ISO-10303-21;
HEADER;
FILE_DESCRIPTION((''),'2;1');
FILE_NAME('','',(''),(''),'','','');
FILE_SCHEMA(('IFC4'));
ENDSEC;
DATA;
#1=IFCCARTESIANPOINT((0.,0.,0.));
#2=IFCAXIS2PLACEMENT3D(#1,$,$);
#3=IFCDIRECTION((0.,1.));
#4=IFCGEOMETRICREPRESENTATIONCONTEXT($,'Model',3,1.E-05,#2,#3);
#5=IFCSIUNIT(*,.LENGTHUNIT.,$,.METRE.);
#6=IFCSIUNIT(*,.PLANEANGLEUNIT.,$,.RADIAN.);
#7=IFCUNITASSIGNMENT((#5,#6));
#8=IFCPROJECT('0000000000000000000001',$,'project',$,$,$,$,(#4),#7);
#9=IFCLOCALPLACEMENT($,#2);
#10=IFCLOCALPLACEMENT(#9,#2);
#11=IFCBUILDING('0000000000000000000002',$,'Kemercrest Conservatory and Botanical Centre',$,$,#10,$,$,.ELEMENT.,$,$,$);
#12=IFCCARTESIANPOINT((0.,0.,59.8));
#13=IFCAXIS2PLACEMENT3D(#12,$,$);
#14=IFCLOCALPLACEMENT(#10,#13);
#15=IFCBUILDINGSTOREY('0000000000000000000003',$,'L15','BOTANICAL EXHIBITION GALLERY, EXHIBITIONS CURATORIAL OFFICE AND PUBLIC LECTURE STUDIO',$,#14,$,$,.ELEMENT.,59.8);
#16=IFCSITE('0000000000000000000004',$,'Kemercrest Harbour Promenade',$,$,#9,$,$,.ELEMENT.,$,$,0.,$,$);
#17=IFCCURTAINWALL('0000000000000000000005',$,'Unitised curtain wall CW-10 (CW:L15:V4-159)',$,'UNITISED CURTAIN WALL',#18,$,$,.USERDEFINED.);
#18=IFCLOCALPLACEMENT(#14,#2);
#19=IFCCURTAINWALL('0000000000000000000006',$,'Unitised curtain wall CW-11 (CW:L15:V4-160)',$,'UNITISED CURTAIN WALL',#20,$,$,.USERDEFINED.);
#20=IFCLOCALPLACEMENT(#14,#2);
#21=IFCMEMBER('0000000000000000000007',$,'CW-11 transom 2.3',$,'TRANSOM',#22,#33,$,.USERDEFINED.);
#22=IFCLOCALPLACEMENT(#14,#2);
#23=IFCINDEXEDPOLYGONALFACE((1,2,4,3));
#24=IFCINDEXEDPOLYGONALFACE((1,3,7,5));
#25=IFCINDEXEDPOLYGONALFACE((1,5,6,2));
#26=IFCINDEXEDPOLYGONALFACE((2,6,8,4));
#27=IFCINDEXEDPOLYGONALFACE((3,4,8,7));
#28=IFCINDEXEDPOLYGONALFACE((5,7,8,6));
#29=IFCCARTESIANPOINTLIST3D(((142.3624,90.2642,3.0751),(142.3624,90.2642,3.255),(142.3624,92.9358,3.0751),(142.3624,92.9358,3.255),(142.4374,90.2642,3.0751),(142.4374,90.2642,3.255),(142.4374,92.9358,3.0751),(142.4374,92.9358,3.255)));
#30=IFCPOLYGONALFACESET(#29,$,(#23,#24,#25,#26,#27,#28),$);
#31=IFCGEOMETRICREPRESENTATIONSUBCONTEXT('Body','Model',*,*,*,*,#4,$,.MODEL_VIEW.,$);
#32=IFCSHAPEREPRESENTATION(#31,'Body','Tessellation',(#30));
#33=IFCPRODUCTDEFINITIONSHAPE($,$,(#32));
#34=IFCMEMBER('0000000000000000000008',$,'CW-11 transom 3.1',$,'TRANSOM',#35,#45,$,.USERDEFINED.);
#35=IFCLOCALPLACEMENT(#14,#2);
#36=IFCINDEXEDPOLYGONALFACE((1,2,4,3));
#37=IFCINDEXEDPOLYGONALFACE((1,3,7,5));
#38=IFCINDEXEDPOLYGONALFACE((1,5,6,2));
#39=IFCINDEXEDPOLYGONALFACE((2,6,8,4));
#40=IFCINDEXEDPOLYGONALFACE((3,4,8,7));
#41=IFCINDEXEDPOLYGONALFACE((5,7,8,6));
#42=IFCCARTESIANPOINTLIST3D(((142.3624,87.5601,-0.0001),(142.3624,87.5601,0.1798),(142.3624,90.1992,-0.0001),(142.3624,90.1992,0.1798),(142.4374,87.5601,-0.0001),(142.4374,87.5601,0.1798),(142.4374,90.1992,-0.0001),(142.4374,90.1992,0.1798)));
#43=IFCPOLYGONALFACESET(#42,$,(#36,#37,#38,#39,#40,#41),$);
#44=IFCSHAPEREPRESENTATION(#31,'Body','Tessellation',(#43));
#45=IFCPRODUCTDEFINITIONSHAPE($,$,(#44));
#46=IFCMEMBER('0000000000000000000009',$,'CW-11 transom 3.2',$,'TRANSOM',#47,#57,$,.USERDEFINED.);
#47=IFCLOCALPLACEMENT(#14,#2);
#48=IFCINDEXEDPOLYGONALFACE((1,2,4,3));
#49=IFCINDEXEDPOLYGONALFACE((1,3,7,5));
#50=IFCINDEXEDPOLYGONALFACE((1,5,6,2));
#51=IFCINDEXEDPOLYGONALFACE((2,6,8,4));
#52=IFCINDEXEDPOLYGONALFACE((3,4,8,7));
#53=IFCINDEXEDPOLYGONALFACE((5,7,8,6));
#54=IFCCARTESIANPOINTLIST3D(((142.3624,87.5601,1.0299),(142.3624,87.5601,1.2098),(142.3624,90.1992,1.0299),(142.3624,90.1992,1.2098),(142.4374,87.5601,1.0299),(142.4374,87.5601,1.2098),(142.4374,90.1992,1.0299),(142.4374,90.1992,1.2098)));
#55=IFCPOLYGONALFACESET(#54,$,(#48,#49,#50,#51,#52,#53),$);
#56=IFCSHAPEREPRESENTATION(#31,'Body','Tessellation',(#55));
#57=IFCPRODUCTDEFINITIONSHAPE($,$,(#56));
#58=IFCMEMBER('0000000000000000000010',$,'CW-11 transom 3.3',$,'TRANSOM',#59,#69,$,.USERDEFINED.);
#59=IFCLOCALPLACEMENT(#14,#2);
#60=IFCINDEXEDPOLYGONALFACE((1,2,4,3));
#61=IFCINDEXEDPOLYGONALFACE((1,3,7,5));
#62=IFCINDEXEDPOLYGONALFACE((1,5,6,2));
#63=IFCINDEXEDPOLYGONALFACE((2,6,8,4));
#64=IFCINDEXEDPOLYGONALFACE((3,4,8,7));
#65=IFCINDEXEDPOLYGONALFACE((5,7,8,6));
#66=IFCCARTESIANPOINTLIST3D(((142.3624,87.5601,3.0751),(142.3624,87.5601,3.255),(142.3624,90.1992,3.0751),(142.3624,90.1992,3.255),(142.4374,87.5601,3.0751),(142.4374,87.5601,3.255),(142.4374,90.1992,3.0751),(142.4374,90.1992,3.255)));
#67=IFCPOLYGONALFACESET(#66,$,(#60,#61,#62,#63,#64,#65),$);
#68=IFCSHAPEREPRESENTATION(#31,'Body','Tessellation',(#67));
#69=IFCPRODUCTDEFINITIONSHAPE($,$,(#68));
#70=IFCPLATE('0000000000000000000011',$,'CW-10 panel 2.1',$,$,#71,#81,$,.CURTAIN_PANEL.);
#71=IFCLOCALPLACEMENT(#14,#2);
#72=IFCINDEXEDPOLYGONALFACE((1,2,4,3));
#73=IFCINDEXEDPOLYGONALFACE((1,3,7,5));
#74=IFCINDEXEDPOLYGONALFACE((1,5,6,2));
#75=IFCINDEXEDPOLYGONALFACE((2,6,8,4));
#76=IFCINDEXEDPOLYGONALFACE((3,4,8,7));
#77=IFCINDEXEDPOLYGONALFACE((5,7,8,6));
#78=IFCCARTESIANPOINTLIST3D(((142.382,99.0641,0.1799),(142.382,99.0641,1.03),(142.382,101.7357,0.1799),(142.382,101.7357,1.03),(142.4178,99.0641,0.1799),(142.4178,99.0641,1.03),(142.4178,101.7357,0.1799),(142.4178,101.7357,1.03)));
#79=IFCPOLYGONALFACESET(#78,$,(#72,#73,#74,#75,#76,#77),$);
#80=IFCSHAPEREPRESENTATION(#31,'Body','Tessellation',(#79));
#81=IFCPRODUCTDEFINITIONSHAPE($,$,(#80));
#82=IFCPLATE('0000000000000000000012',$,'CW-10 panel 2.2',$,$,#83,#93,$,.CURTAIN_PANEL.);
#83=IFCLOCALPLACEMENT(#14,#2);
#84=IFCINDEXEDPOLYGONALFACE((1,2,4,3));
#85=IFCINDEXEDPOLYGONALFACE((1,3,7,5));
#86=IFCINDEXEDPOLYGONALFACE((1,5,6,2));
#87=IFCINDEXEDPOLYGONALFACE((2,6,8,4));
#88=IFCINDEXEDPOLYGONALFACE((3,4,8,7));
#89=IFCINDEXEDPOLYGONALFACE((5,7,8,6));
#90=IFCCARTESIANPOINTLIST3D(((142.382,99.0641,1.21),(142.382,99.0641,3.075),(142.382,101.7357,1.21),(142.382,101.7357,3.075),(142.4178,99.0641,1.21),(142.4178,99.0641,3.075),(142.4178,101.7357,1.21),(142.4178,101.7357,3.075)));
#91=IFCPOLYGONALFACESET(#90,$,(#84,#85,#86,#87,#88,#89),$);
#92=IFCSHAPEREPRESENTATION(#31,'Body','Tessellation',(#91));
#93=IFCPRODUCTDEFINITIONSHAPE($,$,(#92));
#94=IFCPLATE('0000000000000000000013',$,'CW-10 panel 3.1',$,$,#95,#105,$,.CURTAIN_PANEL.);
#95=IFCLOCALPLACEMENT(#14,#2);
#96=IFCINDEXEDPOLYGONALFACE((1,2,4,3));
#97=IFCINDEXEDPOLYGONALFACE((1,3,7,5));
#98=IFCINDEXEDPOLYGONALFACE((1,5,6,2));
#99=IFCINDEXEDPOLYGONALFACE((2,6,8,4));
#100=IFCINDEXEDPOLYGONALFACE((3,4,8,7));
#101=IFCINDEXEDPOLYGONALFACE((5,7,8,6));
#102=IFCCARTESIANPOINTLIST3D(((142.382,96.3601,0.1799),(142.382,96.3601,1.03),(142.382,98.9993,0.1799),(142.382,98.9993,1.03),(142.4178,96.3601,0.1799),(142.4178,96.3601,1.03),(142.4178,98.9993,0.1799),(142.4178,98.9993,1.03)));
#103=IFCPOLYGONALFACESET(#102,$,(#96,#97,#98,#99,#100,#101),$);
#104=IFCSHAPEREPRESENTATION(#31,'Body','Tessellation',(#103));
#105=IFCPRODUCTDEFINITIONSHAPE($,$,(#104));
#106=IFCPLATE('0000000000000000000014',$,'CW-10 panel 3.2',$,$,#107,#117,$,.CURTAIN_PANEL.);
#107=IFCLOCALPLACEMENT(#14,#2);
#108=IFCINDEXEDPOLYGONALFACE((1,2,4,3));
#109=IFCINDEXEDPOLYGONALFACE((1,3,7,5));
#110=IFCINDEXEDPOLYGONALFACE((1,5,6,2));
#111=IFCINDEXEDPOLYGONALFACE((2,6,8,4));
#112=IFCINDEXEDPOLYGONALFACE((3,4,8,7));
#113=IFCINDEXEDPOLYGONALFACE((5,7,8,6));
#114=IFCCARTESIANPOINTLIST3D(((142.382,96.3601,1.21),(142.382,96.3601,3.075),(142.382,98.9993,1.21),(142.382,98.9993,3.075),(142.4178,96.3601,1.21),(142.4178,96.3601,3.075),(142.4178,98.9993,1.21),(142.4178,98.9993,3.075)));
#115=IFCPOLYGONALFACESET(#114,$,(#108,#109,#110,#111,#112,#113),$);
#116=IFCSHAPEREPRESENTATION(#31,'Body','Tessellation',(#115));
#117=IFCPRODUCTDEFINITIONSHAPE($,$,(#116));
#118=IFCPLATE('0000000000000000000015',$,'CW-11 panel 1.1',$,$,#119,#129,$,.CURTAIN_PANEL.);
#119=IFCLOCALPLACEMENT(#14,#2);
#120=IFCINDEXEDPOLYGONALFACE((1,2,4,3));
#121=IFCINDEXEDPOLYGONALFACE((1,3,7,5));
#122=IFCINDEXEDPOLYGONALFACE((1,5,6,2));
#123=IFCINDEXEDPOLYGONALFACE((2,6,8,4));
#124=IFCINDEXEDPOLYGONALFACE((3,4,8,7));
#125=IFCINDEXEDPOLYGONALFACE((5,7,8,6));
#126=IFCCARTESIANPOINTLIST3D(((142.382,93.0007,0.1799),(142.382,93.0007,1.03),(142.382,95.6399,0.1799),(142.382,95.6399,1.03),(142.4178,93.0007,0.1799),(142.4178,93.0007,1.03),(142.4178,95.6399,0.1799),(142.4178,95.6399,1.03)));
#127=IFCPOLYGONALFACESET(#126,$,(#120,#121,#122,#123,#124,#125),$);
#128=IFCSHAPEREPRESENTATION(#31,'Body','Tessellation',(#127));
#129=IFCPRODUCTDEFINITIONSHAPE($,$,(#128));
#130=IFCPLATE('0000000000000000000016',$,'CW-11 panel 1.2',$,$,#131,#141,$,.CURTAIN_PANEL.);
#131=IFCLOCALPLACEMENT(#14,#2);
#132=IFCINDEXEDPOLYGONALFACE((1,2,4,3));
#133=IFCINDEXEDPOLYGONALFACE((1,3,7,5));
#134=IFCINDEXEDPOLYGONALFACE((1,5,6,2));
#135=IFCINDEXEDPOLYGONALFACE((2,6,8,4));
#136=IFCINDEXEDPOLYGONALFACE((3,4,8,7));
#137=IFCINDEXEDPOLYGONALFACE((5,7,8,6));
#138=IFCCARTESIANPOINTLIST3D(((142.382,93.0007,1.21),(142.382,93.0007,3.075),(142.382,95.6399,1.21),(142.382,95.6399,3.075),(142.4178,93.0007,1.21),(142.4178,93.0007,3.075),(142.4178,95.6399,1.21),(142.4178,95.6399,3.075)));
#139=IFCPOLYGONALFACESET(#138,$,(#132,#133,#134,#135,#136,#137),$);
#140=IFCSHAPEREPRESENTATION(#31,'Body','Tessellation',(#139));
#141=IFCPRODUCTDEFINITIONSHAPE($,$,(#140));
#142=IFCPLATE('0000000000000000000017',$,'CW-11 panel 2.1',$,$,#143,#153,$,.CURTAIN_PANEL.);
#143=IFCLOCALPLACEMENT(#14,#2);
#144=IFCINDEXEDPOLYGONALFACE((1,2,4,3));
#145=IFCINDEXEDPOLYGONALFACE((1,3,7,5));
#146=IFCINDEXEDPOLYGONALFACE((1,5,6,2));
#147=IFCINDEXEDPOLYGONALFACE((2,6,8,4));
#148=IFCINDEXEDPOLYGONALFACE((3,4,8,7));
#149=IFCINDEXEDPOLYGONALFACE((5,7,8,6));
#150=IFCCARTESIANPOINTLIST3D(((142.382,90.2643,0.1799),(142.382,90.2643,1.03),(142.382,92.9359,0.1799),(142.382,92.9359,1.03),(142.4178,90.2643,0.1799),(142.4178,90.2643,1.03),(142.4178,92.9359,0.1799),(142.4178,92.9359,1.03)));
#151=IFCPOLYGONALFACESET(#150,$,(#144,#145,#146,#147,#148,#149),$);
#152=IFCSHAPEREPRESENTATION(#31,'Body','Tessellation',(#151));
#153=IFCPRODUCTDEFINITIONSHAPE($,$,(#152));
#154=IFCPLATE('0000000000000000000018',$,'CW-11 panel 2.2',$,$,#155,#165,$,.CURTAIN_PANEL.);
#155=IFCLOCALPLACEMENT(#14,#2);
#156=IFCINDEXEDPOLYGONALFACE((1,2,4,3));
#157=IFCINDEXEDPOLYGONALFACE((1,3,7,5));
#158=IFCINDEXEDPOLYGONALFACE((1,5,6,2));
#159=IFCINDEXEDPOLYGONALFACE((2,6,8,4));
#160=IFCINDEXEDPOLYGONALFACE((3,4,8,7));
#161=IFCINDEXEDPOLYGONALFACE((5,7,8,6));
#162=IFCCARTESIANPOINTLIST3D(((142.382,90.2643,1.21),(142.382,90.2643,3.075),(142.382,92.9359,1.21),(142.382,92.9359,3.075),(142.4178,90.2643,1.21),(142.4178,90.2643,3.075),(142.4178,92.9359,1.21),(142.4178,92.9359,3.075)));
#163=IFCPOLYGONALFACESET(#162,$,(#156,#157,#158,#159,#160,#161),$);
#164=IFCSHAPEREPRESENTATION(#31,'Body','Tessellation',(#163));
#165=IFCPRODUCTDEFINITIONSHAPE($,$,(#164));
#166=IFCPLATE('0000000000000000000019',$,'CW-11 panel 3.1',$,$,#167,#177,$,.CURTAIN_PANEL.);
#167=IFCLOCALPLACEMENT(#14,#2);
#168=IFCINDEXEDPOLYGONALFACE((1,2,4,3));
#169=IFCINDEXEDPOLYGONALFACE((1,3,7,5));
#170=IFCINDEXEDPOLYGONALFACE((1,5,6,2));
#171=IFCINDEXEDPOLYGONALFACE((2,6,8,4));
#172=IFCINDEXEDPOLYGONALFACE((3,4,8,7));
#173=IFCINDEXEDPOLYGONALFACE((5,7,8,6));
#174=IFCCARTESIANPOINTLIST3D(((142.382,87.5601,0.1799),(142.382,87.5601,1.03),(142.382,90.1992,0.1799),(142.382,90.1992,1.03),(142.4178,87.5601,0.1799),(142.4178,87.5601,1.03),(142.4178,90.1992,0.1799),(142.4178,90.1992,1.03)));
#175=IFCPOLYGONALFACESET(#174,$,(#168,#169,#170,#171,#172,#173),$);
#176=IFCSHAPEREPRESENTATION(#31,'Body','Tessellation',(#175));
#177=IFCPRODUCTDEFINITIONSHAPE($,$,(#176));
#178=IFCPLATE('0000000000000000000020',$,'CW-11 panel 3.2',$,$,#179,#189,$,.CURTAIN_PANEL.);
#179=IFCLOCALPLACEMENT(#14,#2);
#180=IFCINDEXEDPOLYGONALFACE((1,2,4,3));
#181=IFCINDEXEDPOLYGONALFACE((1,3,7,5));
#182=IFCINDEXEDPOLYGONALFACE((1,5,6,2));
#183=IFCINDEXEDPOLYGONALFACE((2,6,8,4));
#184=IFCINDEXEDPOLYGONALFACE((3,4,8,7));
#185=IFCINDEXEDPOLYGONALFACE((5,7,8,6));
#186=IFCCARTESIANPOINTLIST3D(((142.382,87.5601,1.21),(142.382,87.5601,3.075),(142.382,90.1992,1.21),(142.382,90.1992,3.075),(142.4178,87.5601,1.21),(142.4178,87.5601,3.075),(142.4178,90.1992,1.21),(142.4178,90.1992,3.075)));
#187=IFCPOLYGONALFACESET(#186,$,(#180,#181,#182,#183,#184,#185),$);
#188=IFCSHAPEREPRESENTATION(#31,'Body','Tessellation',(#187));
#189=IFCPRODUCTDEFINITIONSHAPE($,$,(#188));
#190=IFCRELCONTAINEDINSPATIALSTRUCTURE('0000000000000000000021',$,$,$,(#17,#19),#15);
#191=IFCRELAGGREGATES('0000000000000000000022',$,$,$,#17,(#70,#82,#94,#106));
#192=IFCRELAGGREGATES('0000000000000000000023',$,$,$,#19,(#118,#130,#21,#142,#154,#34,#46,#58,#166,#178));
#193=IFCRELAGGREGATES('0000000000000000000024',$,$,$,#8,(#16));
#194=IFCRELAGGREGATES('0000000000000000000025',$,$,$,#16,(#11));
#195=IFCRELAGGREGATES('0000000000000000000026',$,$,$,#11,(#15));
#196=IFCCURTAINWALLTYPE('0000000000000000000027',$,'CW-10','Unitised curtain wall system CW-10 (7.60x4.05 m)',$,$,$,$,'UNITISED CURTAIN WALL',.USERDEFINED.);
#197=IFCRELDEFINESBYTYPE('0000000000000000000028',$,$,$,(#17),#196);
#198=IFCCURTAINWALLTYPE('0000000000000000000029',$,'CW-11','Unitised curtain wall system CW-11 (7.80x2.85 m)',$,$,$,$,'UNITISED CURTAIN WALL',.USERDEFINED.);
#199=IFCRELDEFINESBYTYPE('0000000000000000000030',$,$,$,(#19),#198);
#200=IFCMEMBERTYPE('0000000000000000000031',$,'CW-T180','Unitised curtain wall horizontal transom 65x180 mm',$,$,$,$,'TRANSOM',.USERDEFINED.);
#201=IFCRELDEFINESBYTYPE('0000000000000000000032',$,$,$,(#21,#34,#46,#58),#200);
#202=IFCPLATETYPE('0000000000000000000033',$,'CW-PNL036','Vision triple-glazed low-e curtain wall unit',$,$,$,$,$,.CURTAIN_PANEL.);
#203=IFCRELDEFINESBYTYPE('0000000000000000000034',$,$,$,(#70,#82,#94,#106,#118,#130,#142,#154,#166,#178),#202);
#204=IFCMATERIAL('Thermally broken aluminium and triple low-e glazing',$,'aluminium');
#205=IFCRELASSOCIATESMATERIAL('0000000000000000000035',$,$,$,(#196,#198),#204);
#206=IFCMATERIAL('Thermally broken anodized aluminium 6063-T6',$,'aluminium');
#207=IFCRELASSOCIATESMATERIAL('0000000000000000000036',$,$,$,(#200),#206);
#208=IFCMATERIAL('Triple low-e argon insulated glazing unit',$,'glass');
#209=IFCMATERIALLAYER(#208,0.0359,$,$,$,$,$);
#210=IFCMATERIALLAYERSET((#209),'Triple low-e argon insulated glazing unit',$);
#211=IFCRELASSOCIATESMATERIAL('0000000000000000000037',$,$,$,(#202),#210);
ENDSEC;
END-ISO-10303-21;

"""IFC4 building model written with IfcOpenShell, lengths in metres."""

from ifc_helpers import new_model, si_unit, direction, frame, origin, origin_2d, place, context, subcontext, project, spatial, rectangle, extrude, material, layer, layer_set, material_profile, profile_set, type_object, element, aggregate, save


model = new_model("IFC4")

# Units and contexts
model_context = context("Model", 3, precision=1e-05, world=origin(), true_north=direction((0.0, 1.0)))
body_context = subcontext(model_context, "Body", "Model", "MODEL_VIEW")
ifc_project = project(units=[si_unit("LENGTHUNIT", "METRE"), si_unit("PLANEANGLEUNIT", "RADIAN")], contexts=[model_context])

# Site, building, storey
site_placement = place(None, origin())
site = spatial("IfcSite", under=ifc_project, at=site_placement, Name="Kemercrest Harbour Promenade", CompositionType="ELEMENT", RefElevation=0.0)
building_placement = place(site_placement, origin())
building = spatial("IfcBuilding", under=site, at=building_placement, Name="Kemercrest Conservatory and Botanical Centre", CompositionType="ELEMENT")
storey_placement = place(building_placement, frame((0.0, 0.0, 59.8)))
storey = spatial("IfcBuildingStorey", under=building, at=storey_placement, Name="L15", Description="BOTANICAL EXHIBITION GALLERY, EXHIBITIONS CURATORIAL OFFICE AND PUBLIC LECTURE STUDIO", CompositionType="ELEMENT", Elevation=59.8)

# Curtain walls
ifc_material_1 = material(Name="Thermally broken aluminium and triple low-e glazing", Category="aluminium")
curtain_wall_type_1 = type_object("IfcCurtainWallType", Name="CW-10", Description="Unitised curtain wall system CW-10 (7.60x4.05 m)", ElementType="UNITISED CURTAIN WALL", PredefinedType="USERDEFINED", material=ifc_material_1)
curtain_wall_1_placement = place(storey_placement, origin())
curtain_wall_1 = element("IfcCurtainWall", 1, at=curtain_wall_1_placement, inside=storey, type_object=curtain_wall_type_1, Name="Unitised curtain wall CW-10 (CW:L15:V4-159)", ObjectType="UNITISED CURTAIN WALL", PredefinedType="USERDEFINED")
ifc_material_2 = material(Name="Thermally broken anodized aluminium 6063-T6", Category="aluminium")
curtain_wall_type_2 = type_object("IfcCurtainWallType", Name="CW-11", Description="Unitised curtain wall system CW-11 (7.80x2.85 m)", ElementType="UNITISED CURTAIN WALL", PredefinedType="USERDEFINED", material=ifc_material_1)
curtain_wall_2_placement = place(storey_placement, origin())
curtain_wall_2 = element("IfcCurtainWall", 2, at=curtain_wall_2_placement, inside=storey, type_object=curtain_wall_type_2, Name="Unitised curtain wall CW-11 (CW:L15:V4-160)", ObjectType="UNITISED CURTAIN WALL", PredefinedType="USERDEFINED")

# Members
ifc_material_profile_1 = material_profile(ifc_material_2, rectangle(XDim=0.075, YDim=0.1799, at=origin_2d()), Name="AL TRANSOM 75x180")
ifc_profile_set_1 = profile_set([ifc_material_profile_1], Name="Thermally broken anodized aluminium 6063-T6")
member_type_1 = type_object("IfcMemberType", Name="CW-T180", Description="Unitised curtain wall horizontal transom 65x180 mm", ElementType="TRANSOM", PredefinedType="USERDEFINED", material=ifc_profile_set_1)
member_1_placement = place(storey_placement, frame((142.3999, 92.9358, 3.165), z_axis=(0.0, -1.0, 0.0), x_axis=(1.0, 0.0, 0.0)))
member_1 = element("IfcMember", 3, at=member_1_placement, type_object=member_type_1, Name="CW-11 transom 2.3", ObjectType="TRANSOM", PredefinedType="USERDEFINED", context=body_context, shape_type="SweptSolid", body=[
    extrude(rectangle(XDim=0.075, YDim=0.1799, at=origin_2d()), origin(), (0.0, 0.0, 1.0), 2.6716),
])
member_2_placement = place(storey_placement, frame((142.3999, 90.1992, 0.0898), z_axis=(0.0, -1.0, 0.0), x_axis=(1.0, 0.0, 0.0)))
member_2 = element("IfcMember", 4, at=member_2_placement, type_object=member_type_1, Name="CW-11 transom 3.1", ObjectType="TRANSOM", PredefinedType="USERDEFINED", context=body_context, shape_type="SweptSolid", body=[
    extrude(rectangle(XDim=0.075, YDim=0.1799, at=origin_2d()), origin(), (0.0, 0.0, 1.0), 2.6392),
])
member_3_placement = place(storey_placement, frame((142.3999, 90.1992, 1.1199), z_axis=(0.0, -1.0, 0.0), x_axis=(1.0, 0.0, 0.0)))
member_3 = element("IfcMember", 5, at=member_3_placement, type_object=member_type_1, Name="CW-11 transom 3.2", ObjectType="TRANSOM", PredefinedType="USERDEFINED", context=body_context, shape_type="SweptSolid", body=[
    extrude(rectangle(XDim=0.075, YDim=0.1799, at=origin_2d()), origin(), (0.0, 0.0, 1.0), 2.6392),
])
member_4_placement = place(storey_placement, frame((142.3999, 90.1992, 3.165), z_axis=(0.0, -1.0, 0.0), x_axis=(1.0, 0.0, 0.0)))
member_4 = element("IfcMember", 6, at=member_4_placement, type_object=member_type_1, Name="CW-11 transom 3.3", ObjectType="TRANSOM", PredefinedType="USERDEFINED", context=body_context, shape_type="SweptSolid", body=[
    extrude(rectangle(XDim=0.075, YDim=0.1799, at=origin_2d()), origin(), (0.0, 0.0, 1.0), 2.6392),
])

# Plates
ifc_material_3 = material(Name="Triple low-e argon insulated glazing unit", Category="glass")
ifc_layer = layer(ifc_material_3, 0.0359)
ifc_layer_set = layer_set([ifc_layer], Name="Triple low-e argon insulated glazing unit")
plate_type = type_object("IfcPlateType", Name="CW-PNL036", Description="Vision triple-glazed low-e curtain wall unit", PredefinedType="CURTAIN_PANEL", material=ifc_layer_set)
plate_1_placement = place(storey_placement, frame((142.3999, 100.3999, 0.1799), z_axis=(0.0, 0.0, 1.0), x_axis=(0.0, -1.0, 0.0)))
plate_1 = element("IfcPlate", 7, at=plate_1_placement, type_object=plate_type, Name="CW-10 panel 2.1", PredefinedType="CURTAIN_PANEL", context=body_context, shape_type="SweptSolid", body=[
    extrude(rectangle(XDim=2.6716, YDim=0.0359, at=origin_2d()), origin(), (0.0, 0.0, 1.0), 0.8501),
])
plate_2_placement = place(storey_placement, frame((142.3999, 100.3999, 1.21), z_axis=(0.0, 0.0, 1.0), x_axis=(0.0, -1.0, 0.0)))
plate_2 = element("IfcPlate", 8, at=plate_2_placement, type_object=plate_type, Name="CW-10 panel 2.2", PredefinedType="CURTAIN_PANEL", context=body_context, shape_type="SweptSolid", body=[
    extrude(rectangle(XDim=2.6716, YDim=0.0359, at=origin_2d()), origin(), (0.0, 0.0, 1.0), 1.865),
])
plate_3_placement = place(storey_placement, frame((142.3999, 97.6797, 0.1799), z_axis=(0.0, 0.0, 1.0), x_axis=(0.0, -1.0, 0.0)))
plate_3 = element("IfcPlate", 9, at=plate_3_placement, type_object=plate_type, Name="CW-10 panel 3.1", PredefinedType="CURTAIN_PANEL", context=body_context, shape_type="SweptSolid", body=[
    extrude(rectangle(XDim=2.6392, YDim=0.0359, at=origin_2d()), origin(), (0.0, 0.0, 1.0), 0.8501),
])
plate_4_placement = place(storey_placement, frame((142.3999, 97.6797, 1.21), z_axis=(0.0, 0.0, 1.0), x_axis=(0.0, -1.0, 0.0)))
plate_4 = element("IfcPlate", 10, at=plate_4_placement, type_object=plate_type, Name="CW-10 panel 3.2", PredefinedType="CURTAIN_PANEL", context=body_context, shape_type="SweptSolid", body=[
    extrude(rectangle(XDim=2.6392, YDim=0.0359, at=origin_2d()), origin(), (0.0, 0.0, 1.0), 1.865),
])
aggregate(curtain_wall_1, [plate_1, plate_2, plate_3, plate_4])
plate_5_placement = place(storey_placement, frame((142.3999, 94.3203, 0.1799), z_axis=(0.0, 0.0, 1.0), x_axis=(0.0, -1.0, 0.0)))
plate_5 = element("IfcPlate", 11, at=plate_5_placement, type_object=plate_type, Name="CW-11 panel 1.1", PredefinedType="CURTAIN_PANEL", context=body_context, shape_type="SweptSolid", body=[
    extrude(rectangle(XDim=2.6392, YDim=0.0359, at=origin_2d()), origin(), (0.0, 0.0, 1.0), 0.8501),
])
plate_6_placement = place(storey_placement, frame((142.3999, 94.3203, 1.21), z_axis=(0.0, 0.0, 1.0), x_axis=(0.0, -1.0, 0.0)))
plate_6 = element("IfcPlate", 12, at=plate_6_placement, type_object=plate_type, Name="CW-11 panel 1.2", PredefinedType="CURTAIN_PANEL", context=body_context, shape_type="SweptSolid", body=[
    extrude(rectangle(XDim=2.6392, YDim=0.0359, at=origin_2d()), origin(), (0.0, 0.0, 1.0), 1.865),
])
plate_7_placement = place(storey_placement, frame((142.3999, 91.6001, 0.1799), z_axis=(0.0, 0.0, 1.0), x_axis=(0.0, -1.0, 0.0)))
plate_7 = element("IfcPlate", 13, at=plate_7_placement, type_object=plate_type, Name="CW-11 panel 2.1", PredefinedType="CURTAIN_PANEL", context=body_context, shape_type="SweptSolid", body=[
    extrude(rectangle(XDim=2.6716, YDim=0.0359, at=origin_2d()), origin(), (0.0, 0.0, 1.0), 0.8501),
])
plate_8_placement = place(storey_placement, frame((142.3999, 91.6001, 1.21), z_axis=(0.0, 0.0, 1.0), x_axis=(0.0, -1.0, 0.0)))
plate_8 = element("IfcPlate", 14, at=plate_8_placement, type_object=plate_type, Name="CW-11 panel 2.2", PredefinedType="CURTAIN_PANEL", context=body_context, shape_type="SweptSolid", body=[
    extrude(rectangle(XDim=2.6716, YDim=0.0359, at=origin_2d()), origin(), (0.0, 0.0, 1.0), 1.865),
])
plate_9_placement = place(storey_placement, frame((142.3999, 88.8796, 0.1799), z_axis=(0.0, 0.0, 1.0), x_axis=(0.0, -1.0, 0.0)))
plate_9 = element("IfcPlate", 15, at=plate_9_placement, type_object=plate_type, Name="CW-11 panel 3.1", PredefinedType="CURTAIN_PANEL", context=body_context, shape_type="SweptSolid", body=[
    extrude(rectangle(XDim=2.6392, YDim=0.0359, at=origin_2d()), origin(), (0.0, 0.0, 1.0), 0.8501),
])
plate_10_placement = place(storey_placement, frame((142.3999, 88.8796, 1.21), z_axis=(0.0, 0.0, 1.0), x_axis=(0.0, -1.0, 0.0)))
plate_10 = element("IfcPlate", 16, at=plate_10_placement, type_object=plate_type, Name="CW-11 panel 3.2", PredefinedType="CURTAIN_PANEL", context=body_context, shape_type="SweptSolid", body=[
    extrude(rectangle(XDim=2.6392, YDim=0.0359, at=origin_2d()), origin(), (0.0, 0.0, 1.0), 1.865),
])
aggregate(curtain_wall_2, [plate_5, plate_6, member_1, plate_7, plate_8, member_2, member_3, member_4, plate_9, plate_10])

save(model, "model.ifc")
